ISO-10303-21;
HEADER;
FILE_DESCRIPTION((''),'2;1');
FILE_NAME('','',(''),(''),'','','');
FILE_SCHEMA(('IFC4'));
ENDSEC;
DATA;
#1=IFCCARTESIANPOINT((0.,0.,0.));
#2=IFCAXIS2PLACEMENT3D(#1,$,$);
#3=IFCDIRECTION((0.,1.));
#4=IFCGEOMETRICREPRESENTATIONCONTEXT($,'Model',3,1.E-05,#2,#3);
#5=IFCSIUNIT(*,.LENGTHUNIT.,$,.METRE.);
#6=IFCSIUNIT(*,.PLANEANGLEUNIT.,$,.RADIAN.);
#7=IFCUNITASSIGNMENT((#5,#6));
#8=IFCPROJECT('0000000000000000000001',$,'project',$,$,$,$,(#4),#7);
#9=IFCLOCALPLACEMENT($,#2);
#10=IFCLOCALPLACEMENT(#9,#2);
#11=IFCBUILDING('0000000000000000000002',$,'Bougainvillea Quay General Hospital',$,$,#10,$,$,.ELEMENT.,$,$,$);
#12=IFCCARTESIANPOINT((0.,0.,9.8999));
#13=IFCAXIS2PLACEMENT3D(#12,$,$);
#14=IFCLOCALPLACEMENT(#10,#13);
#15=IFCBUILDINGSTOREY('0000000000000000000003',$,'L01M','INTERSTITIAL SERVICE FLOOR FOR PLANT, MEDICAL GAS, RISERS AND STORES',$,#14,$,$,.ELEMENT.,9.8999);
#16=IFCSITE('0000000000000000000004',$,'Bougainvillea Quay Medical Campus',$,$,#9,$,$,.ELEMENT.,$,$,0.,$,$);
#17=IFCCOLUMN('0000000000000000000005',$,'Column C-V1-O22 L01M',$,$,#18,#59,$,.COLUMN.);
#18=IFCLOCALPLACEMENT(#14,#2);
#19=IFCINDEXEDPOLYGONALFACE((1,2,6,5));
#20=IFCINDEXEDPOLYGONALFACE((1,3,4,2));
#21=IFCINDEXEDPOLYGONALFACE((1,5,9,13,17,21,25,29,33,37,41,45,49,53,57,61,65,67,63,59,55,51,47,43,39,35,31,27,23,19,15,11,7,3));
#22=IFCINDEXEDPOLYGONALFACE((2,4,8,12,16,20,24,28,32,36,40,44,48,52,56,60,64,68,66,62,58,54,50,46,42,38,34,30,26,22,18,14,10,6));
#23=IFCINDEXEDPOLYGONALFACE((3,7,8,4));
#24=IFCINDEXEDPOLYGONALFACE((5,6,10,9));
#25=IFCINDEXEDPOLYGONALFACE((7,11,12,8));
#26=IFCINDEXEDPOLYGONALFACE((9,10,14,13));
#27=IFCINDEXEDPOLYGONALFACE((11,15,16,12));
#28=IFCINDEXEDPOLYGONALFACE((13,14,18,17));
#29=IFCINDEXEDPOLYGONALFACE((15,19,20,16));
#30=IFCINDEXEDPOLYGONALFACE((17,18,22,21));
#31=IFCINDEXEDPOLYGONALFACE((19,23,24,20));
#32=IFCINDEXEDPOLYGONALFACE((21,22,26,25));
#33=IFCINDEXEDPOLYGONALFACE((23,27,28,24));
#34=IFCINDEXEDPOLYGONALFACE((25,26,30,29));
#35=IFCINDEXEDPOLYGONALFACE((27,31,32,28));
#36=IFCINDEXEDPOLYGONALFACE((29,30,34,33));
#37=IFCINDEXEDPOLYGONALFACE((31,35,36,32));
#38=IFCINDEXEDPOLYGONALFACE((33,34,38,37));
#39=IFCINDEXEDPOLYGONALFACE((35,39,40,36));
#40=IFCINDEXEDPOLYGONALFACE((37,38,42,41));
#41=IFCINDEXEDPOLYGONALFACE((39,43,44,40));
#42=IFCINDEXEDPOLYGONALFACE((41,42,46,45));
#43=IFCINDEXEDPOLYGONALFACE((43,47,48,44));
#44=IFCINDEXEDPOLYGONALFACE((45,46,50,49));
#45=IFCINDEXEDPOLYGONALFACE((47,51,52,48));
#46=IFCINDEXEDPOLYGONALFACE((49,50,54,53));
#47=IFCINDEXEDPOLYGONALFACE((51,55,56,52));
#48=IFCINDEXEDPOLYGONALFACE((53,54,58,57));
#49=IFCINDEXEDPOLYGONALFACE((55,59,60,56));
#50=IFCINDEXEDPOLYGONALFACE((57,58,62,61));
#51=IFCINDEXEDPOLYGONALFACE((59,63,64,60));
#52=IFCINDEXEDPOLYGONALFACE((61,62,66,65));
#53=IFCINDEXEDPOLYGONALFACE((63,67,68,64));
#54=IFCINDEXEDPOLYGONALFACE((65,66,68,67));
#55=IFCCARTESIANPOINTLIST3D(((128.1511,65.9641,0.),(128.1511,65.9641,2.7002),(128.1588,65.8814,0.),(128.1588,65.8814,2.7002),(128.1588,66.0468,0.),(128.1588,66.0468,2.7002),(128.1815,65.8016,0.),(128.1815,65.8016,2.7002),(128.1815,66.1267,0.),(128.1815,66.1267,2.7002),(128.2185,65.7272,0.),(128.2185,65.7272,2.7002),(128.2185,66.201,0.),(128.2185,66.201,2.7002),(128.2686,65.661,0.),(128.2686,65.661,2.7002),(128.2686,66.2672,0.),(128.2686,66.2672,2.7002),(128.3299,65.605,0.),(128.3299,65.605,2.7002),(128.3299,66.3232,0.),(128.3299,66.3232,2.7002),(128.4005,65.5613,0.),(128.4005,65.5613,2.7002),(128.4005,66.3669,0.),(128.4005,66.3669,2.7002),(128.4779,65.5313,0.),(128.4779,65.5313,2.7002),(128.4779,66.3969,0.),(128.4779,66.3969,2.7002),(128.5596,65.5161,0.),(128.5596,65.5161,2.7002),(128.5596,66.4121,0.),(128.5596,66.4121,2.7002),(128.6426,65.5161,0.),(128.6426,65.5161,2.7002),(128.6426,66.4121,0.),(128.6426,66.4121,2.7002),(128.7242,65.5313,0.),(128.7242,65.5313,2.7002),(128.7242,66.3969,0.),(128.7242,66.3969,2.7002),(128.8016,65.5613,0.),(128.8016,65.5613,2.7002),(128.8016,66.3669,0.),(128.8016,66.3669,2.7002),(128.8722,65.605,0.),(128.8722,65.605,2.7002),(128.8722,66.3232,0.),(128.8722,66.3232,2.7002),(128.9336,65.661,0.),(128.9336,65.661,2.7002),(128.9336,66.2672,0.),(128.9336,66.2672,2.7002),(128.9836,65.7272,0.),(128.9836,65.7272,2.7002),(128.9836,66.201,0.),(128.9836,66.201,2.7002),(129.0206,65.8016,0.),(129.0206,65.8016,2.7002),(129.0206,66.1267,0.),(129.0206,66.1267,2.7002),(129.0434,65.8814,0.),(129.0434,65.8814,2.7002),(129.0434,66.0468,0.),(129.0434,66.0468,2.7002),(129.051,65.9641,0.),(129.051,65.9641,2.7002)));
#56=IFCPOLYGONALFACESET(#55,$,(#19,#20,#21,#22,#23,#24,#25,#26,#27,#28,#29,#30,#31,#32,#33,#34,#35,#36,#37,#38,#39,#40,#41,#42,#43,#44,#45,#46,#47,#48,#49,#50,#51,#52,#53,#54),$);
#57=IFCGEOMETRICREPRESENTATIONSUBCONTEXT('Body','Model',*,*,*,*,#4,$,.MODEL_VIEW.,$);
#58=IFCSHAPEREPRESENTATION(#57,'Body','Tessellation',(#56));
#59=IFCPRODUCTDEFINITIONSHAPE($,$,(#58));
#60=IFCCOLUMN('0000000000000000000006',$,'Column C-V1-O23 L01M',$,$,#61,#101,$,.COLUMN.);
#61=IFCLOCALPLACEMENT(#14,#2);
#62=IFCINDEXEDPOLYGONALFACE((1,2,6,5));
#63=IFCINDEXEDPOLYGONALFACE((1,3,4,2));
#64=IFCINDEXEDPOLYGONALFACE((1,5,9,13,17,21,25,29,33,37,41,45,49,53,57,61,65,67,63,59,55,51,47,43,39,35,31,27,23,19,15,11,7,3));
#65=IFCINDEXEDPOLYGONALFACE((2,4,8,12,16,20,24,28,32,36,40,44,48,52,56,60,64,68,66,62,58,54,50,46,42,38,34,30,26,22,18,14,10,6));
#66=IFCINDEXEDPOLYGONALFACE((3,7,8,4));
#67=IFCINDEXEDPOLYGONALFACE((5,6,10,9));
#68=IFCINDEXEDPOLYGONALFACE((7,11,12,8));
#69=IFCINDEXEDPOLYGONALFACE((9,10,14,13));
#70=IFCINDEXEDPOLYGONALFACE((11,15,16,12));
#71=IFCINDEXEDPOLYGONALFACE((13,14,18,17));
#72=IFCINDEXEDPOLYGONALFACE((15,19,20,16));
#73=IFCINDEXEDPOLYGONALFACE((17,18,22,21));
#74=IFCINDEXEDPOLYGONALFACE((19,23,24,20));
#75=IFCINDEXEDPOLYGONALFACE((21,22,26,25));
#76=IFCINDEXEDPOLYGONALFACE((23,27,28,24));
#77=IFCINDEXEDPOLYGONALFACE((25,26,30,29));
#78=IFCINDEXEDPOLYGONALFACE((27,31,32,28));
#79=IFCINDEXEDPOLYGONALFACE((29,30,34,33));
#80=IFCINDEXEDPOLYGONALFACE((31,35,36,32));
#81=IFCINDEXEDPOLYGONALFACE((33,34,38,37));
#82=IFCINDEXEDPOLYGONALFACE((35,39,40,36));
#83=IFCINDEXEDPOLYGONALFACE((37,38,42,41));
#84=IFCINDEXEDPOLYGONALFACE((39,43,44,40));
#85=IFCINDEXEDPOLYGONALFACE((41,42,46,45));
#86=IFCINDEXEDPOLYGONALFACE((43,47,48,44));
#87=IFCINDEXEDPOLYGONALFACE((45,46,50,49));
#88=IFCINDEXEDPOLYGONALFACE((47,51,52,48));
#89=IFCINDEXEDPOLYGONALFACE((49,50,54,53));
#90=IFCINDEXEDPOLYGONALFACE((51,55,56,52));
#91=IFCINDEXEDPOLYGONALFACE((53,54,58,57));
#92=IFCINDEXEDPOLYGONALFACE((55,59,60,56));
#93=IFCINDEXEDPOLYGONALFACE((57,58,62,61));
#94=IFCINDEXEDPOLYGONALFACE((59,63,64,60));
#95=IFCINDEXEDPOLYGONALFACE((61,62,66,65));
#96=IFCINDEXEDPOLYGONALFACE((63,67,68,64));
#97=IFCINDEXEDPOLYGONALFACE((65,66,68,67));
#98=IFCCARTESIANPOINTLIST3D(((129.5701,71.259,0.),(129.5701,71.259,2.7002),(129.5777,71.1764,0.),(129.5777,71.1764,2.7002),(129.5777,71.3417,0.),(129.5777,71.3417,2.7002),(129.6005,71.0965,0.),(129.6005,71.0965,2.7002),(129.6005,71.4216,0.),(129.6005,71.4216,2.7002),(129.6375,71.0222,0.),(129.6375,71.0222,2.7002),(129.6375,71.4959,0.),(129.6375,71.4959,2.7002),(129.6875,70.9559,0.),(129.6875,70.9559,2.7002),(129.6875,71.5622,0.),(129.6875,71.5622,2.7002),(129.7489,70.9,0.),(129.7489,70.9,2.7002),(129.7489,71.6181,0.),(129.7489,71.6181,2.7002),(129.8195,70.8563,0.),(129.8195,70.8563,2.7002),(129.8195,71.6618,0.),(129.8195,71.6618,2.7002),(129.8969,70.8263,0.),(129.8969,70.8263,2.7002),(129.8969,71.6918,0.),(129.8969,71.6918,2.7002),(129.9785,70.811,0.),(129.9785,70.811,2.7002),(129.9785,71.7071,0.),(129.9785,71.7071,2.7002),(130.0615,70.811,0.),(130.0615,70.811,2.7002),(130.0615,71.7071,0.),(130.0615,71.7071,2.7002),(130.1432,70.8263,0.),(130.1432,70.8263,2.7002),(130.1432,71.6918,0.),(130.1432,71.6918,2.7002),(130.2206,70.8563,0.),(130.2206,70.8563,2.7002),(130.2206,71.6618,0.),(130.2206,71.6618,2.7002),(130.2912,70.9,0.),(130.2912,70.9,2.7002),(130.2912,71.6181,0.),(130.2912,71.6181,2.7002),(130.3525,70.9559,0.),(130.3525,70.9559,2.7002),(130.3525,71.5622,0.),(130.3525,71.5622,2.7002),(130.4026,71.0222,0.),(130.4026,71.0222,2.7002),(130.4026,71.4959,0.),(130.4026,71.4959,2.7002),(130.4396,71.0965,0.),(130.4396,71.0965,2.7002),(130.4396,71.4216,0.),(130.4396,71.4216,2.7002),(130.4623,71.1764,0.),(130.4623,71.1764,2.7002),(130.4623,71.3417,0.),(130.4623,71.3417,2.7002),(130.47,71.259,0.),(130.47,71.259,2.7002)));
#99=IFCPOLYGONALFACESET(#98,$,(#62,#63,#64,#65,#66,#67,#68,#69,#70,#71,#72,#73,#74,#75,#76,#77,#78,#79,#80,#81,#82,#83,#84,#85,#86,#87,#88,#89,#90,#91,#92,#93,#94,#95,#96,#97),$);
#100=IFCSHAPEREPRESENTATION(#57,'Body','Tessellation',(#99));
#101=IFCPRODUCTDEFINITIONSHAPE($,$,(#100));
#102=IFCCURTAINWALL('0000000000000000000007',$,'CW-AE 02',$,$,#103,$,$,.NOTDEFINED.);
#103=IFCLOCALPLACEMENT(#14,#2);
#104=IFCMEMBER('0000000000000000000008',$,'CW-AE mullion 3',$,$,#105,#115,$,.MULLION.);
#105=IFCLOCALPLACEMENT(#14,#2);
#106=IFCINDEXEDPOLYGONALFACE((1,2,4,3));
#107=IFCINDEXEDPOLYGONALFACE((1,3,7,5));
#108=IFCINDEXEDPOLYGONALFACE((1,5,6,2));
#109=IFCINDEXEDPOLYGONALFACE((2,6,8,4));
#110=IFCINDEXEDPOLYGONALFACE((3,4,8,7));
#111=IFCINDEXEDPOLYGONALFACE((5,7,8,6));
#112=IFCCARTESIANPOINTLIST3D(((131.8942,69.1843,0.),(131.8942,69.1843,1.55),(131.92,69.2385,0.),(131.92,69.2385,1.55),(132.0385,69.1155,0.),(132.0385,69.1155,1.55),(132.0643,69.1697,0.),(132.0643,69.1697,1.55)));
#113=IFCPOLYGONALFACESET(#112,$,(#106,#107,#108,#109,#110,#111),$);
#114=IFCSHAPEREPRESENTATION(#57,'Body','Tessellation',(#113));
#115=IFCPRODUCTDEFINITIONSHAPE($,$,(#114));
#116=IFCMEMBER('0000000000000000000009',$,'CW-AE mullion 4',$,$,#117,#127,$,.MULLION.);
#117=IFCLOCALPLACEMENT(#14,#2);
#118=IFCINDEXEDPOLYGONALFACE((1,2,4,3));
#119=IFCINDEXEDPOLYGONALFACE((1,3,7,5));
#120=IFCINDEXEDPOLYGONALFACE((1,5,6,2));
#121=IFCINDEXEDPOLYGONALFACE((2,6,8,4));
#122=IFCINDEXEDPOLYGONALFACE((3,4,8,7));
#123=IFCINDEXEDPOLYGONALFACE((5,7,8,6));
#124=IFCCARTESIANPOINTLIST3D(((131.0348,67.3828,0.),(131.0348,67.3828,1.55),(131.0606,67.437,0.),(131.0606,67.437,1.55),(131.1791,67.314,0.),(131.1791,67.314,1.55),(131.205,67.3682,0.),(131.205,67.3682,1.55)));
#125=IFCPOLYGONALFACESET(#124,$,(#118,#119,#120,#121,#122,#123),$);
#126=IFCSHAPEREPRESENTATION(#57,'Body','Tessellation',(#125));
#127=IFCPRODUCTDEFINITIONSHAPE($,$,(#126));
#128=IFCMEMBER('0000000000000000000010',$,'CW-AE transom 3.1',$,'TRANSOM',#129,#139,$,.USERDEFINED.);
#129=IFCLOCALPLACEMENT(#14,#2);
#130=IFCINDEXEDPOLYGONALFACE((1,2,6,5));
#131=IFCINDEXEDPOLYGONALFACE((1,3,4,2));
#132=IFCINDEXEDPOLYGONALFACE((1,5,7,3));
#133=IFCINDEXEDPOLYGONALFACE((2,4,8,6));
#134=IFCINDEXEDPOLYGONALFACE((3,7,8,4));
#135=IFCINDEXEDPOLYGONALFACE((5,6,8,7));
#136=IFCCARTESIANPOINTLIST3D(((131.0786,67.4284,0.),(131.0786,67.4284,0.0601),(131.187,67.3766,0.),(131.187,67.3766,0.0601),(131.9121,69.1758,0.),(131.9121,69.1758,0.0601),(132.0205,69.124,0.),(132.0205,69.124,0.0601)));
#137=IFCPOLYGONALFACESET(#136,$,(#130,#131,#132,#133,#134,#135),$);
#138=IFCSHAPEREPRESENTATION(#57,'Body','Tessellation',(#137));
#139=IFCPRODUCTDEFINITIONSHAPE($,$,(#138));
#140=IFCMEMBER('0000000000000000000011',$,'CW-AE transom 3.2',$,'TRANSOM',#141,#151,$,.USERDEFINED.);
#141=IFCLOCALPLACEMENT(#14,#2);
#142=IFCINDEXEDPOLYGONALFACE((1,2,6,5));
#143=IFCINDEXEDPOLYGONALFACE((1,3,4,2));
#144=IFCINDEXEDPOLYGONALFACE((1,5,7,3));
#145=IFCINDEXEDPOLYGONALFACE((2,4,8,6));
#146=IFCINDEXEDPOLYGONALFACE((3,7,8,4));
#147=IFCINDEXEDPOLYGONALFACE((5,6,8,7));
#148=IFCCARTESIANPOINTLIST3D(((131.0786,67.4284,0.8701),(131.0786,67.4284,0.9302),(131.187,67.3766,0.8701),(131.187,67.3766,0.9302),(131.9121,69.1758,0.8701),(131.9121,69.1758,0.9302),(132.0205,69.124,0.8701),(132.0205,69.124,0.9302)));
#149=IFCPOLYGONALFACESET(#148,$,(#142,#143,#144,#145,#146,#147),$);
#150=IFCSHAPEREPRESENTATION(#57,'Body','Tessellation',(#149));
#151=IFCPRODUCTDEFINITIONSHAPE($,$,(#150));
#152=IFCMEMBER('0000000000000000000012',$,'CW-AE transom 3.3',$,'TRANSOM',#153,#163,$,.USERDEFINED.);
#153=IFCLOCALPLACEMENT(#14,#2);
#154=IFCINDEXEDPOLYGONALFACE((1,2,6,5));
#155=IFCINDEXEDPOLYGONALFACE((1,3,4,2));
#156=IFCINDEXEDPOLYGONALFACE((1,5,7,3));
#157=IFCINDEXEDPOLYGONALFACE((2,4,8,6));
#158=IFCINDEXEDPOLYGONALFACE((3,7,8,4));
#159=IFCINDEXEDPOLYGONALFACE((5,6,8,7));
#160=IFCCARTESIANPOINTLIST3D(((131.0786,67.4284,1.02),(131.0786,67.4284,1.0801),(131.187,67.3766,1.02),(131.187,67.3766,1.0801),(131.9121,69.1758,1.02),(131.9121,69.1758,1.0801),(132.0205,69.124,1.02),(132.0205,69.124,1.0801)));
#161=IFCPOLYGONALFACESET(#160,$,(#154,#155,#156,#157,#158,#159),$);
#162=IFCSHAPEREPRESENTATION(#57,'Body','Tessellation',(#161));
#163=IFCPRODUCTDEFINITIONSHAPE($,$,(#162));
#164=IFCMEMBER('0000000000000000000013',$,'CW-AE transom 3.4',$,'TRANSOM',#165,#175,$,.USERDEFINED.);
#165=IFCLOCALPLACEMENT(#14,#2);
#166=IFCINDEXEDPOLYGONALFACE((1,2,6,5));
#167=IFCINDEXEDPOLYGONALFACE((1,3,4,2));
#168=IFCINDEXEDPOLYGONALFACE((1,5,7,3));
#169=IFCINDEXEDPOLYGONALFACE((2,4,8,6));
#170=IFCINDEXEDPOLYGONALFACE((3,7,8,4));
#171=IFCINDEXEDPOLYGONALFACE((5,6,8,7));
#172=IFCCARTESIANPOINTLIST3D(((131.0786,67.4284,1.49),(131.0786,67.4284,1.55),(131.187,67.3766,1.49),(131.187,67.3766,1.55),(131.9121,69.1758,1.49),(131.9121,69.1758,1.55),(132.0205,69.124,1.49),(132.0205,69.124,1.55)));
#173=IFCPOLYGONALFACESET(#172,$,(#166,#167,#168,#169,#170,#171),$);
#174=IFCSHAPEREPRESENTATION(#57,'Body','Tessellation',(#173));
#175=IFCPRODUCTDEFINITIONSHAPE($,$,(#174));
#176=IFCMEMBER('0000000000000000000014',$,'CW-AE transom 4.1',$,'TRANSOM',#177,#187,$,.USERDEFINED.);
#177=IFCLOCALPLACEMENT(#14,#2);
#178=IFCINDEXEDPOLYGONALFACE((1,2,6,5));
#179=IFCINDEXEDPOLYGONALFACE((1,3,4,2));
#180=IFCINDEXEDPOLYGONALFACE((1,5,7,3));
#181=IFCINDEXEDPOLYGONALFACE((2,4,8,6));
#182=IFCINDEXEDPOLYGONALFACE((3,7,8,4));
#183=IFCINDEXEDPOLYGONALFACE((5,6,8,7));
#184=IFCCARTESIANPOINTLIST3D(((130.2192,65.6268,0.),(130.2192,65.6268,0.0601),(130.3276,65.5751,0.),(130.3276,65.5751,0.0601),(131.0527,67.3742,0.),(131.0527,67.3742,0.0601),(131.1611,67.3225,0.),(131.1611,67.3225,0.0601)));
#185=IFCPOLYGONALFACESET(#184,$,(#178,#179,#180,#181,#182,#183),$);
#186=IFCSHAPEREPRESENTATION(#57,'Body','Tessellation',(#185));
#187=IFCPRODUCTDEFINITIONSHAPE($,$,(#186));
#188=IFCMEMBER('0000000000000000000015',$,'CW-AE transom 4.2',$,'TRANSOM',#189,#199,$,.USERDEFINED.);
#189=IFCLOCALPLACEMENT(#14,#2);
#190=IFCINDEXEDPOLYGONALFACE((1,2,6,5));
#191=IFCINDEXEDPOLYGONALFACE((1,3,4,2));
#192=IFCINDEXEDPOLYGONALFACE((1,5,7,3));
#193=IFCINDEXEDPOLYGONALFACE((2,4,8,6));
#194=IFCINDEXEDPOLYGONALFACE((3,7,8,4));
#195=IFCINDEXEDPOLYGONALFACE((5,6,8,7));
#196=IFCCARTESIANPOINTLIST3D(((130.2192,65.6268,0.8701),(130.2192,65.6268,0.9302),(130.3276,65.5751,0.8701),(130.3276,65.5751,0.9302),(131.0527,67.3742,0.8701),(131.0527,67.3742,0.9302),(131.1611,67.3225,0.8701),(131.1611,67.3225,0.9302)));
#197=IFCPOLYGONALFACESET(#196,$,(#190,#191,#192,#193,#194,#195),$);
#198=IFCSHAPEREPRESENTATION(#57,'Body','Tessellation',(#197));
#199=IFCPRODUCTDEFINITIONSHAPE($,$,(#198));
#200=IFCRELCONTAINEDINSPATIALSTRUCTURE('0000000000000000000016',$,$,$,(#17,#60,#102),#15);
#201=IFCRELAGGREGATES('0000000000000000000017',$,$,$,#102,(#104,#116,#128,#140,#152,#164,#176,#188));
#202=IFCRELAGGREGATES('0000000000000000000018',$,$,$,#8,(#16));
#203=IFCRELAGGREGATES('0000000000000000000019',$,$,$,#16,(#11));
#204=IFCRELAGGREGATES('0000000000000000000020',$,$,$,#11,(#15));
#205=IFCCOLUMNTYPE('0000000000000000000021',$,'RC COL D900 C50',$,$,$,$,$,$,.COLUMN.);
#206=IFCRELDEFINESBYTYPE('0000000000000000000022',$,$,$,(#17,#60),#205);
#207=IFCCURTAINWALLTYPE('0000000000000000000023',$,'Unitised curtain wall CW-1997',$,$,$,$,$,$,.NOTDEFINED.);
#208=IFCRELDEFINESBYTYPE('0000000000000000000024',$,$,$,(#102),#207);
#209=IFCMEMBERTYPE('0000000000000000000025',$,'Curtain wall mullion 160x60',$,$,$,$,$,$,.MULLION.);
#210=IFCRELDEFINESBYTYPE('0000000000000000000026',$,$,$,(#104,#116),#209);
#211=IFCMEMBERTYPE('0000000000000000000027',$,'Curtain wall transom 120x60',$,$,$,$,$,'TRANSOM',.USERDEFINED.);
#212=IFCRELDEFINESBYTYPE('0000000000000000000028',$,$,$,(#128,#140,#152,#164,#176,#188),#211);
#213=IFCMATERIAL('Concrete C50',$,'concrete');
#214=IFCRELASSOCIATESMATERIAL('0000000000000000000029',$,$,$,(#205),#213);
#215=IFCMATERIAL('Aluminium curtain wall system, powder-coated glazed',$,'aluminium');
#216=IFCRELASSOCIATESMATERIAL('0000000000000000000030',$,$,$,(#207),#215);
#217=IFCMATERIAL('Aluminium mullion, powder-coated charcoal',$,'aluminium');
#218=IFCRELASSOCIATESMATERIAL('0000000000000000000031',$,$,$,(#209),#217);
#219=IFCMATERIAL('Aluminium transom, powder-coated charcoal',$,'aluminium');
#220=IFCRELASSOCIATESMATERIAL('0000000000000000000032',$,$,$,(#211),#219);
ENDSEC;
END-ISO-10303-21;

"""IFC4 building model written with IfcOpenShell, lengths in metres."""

from ifc_helpers import new_model, si_unit, direction, frame, origin, origin_2d, place, context, subcontext, project, spatial, rectangle, circle, extrude, material, material_profile, profile_set, type_object, element, aggregate, save


model = new_model("IFC4")

# Units and contexts
model_context = context("Model", 3, precision=1e-05, world=origin(), true_north=direction((0.0, 1.0)))
body_context = subcontext(model_context, "Body", "Model", "MODEL_VIEW")
ifc_project = project(units=[si_unit("LENGTHUNIT", "METRE"), si_unit("PLANEANGLEUNIT", "RADIAN")], contexts=[model_context])

# Site, building, storey
site_placement = place(None, origin())
site = spatial("IfcSite", under=ifc_project, at=site_placement, Name="Bougainvillea Quay Medical Campus", CompositionType="ELEMENT", RefElevation=0.0)
building_placement = place(site_placement, origin())
building = spatial("IfcBuilding", under=site, at=building_placement, Name="Bougainvillea Quay General Hospital", CompositionType="ELEMENT")
storey_placement = place(building_placement, frame((0.0, 0.0, 9.8999)))
storey = spatial("IfcBuildingStorey", under=building, at=storey_placement, Name="L01M", Description="INTERSTITIAL SERVICE FLOOR FOR PLANT, MEDICAL GAS, RISERS AND STORES", CompositionType="ELEMENT", Elevation=9.8999)

# Columns
ifc_material_1 = material(Name="Concrete C50", Category="concrete")
ifc_material_profile_1 = material_profile(ifc_material_1, circle(Radius=0.45, at=origin_2d()))
ifc_profile_set_1 = profile_set([ifc_material_profile_1], Name="Concrete C50")
column_type = type_object("IfcColumnType", Name="RC COL D900 C50", PredefinedType="COLUMN", material=ifc_profile_set_1)
for number, where, z_axis, x_axis, name in (
    (1, (128.6011, 65.9641, 0.0), (0.0, 0.0, 1.0), (1.0, 0.0, 0.0), "Column C-V1-O22 L01M"),
    (2, (130.02, 71.259, 0.0), (0.0, 0.0, 1.0), (1.0, 0.0, 0.0), "Column C-V1-O23 L01M"),
):
    element("IfcColumn", number, at=place(storey_placement, frame(where, z_axis=z_axis, x_axis=x_axis)), inside=storey, type_object=column_type, Name=name, PredefinedType="COLUMN", context=body_context, shape_type="SweptSolid", body=[
        extrude(circle(Radius=0.45, at=origin_2d()), origin(), (0.0, 0.0, 1.0), 2.7002),
    ])

# Curtain wall, members
ifc_material_2 = material(Name="Aluminium curtain wall system, powder-coated glazed", Category="aluminium")
curtain_wall_type = type_object("IfcCurtainWallType", Name="Unitised curtain wall CW-1997", PredefinedType="NOTDEFINED", material=ifc_material_2)
curtain_wall_placement = place(storey_placement, origin())
curtain_wall = element("IfcCurtainWall", 3, at=curtain_wall_placement, inside=storey, type_object=curtain_wall_type, Name="CW-AE 02", PredefinedType="NOTDEFINED")
ifc_material_3 = material(Name="Aluminium mullion, powder-coated charcoal", Category="aluminium")
ifc_material_profile_2 = material_profile(ifc_material_3, rectangle(XDim=0.1599, YDim=0.0601, at=origin_2d()))
ifc_profile_set_2 = profile_set([ifc_material_profile_2], Name="Aluminium mullion, powder-coated charcoal")
member_type_1 = type_object("IfcMemberType", Name="Curtain wall mullion 160x60", PredefinedType="MULLION", material=ifc_profile_set_2)
member_1_placement = place(storey_placement, frame((131.9792, 69.177, 0.0), z_axis=(0.0, 0.0, 1.0), x_axis=(0.902578, -0.430525, 0.0)))
member_1 = element("IfcMember", 4, at=member_1_placement, type_object=member_type_1, Name="CW-AE mullion 3", PredefinedType="MULLION", context=body_context, shape_type="SweptSolid", body=[
    extrude(rectangle(XDim=0.1599, YDim=0.0601, at=origin_2d()), origin(), (0.0, 0.0, 1.0), 1.55),
])
member_2_placement = place(storey_placement, frame((131.1199, 67.3755, 0.0), z_axis=(0.0, 0.0, 1.0), x_axis=(0.902578, -0.430525, 0.0)))
member_2 = element("IfcMember", 5, at=member_2_placement, type_object=member_type_1, Name="CW-AE mullion 4", PredefinedType="MULLION", context=body_context, shape_type="SweptSolid", body=[
    extrude(rectangle(XDim=0.1599, YDim=0.0601, at=origin_2d()), origin(), (0.0, 0.0, 1.0), 1.55),
])
ifc_material_4 = material(Name="Aluminium transom, powder-coated charcoal", Category="aluminium")
ifc_material_profile_3 = material_profile(ifc_material_4, rectangle(XDim=0.1201, YDim=0.0601, at=origin_2d()))
ifc_profile_set_3 = profile_set([ifc_material_profile_3], Name="Aluminium transom, powder-coated charcoal")
member_type_2 = type_object("IfcMemberType", Name="Curtain wall transom 120x60", ElementType="TRANSOM", PredefinedType="USERDEFINED", material=ifc_profile_set_3)
member_3_placement = place(storey_placement, frame((131.9663, 69.1499, 0.03), z_axis=(-0.43054, -0.902571, 0.0), x_axis=(0.902571, -0.43054, 0.0)))
member_3 = element("IfcMember", 6, at=member_3_placement, type_object=member_type_2, Name="CW-AE transom 3.1", ObjectType="TRANSOM", PredefinedType="USERDEFINED", context=body_context, shape_type="SweptSolid", body=[
    extrude(rectangle(XDim=0.1201, YDim=0.0601, at=origin_2d()), origin(), (0.0, 0.0, 1.0), 1.936),
])
member_4_placement = place(storey_placement, frame((131.9663, 69.1499, 0.9001), z_axis=(-0.43054, -0.902571, 0.0), x_axis=(0.902571, -0.43054, 0.0)))
member_4 = element("IfcMember", 7, at=member_4_placement, type_object=member_type_2, Name="CW-AE transom 3.2", ObjectType="TRANSOM", PredefinedType="USERDEFINED", context=body_context, shape_type="SweptSolid", body=[
    extrude(rectangle(XDim=0.1201, YDim=0.0601, at=origin_2d()), origin(), (0.0, 0.0, 1.0), 1.936),
])
member_5_placement = place(storey_placement, frame((131.9663, 69.1499, 1.05), z_axis=(-0.43054, -0.902571, 0.0), x_axis=(0.902571, -0.43054, 0.0)))
member_5 = element("IfcMember", 8, at=member_5_placement, type_object=member_type_2, Name="CW-AE transom 3.3", ObjectType="TRANSOM", PredefinedType="USERDEFINED", context=body_context, shape_type="SweptSolid", body=[
    extrude(rectangle(XDim=0.1201, YDim=0.0601, at=origin_2d()), origin(), (0.0, 0.0, 1.0), 1.936),
])
member_6_placement = place(storey_placement, frame((131.9663, 69.1499, 1.52), z_axis=(-0.43054, -0.902571, 0.0), x_axis=(0.902571, -0.43054, 0.0)))
member_6 = element("IfcMember", 9, at=member_6_placement, type_object=member_type_2, Name="CW-AE transom 3.4", ObjectType="TRANSOM", PredefinedType="USERDEFINED", context=body_context, shape_type="SweptSolid", body=[
    extrude(rectangle(XDim=0.1201, YDim=0.0601, at=origin_2d()), origin(), (0.0, 0.0, 1.0), 1.936),
])
member_7_placement = place(storey_placement, frame((131.1069, 67.3484, 0.03), z_axis=(-0.43054, -0.902571, 0.0), x_axis=(0.902571, -0.43054, 0.0)))
member_7 = element("IfcMember", 10, at=member_7_placement, type_object=member_type_2, Name="CW-AE transom 4.1", ObjectType="TRANSOM", PredefinedType="USERDEFINED", context=body_context, shape_type="SweptSolid", body=[
    extrude(rectangle(XDim=0.1201, YDim=0.0601, at=origin_2d()), origin(), (0.0, 0.0, 1.0), 1.936),
])
member_8_placement = place(storey_placement, frame((131.1069, 67.3484, 0.9001), z_axis=(-0.43054, -0.902571, 0.0), x_axis=(0.902571, -0.43054, 0.0)))
member_8 = element("IfcMember", 11, at=member_8_placement, type_object=member_type_2, Name="CW-AE transom 4.2", ObjectType="TRANSOM", PredefinedType="USERDEFINED", context=body_context, shape_type="SweptSolid", body=[
    extrude(rectangle(XDim=0.1201, YDim=0.0601, at=origin_2d()), origin(), (0.0, 0.0, 1.0), 1.936),
])
aggregate(curtain_wall, [member_1, member_2, member_3, member_4, member_5, member_6, member_7, member_8])

save(model, "model.ifc")
